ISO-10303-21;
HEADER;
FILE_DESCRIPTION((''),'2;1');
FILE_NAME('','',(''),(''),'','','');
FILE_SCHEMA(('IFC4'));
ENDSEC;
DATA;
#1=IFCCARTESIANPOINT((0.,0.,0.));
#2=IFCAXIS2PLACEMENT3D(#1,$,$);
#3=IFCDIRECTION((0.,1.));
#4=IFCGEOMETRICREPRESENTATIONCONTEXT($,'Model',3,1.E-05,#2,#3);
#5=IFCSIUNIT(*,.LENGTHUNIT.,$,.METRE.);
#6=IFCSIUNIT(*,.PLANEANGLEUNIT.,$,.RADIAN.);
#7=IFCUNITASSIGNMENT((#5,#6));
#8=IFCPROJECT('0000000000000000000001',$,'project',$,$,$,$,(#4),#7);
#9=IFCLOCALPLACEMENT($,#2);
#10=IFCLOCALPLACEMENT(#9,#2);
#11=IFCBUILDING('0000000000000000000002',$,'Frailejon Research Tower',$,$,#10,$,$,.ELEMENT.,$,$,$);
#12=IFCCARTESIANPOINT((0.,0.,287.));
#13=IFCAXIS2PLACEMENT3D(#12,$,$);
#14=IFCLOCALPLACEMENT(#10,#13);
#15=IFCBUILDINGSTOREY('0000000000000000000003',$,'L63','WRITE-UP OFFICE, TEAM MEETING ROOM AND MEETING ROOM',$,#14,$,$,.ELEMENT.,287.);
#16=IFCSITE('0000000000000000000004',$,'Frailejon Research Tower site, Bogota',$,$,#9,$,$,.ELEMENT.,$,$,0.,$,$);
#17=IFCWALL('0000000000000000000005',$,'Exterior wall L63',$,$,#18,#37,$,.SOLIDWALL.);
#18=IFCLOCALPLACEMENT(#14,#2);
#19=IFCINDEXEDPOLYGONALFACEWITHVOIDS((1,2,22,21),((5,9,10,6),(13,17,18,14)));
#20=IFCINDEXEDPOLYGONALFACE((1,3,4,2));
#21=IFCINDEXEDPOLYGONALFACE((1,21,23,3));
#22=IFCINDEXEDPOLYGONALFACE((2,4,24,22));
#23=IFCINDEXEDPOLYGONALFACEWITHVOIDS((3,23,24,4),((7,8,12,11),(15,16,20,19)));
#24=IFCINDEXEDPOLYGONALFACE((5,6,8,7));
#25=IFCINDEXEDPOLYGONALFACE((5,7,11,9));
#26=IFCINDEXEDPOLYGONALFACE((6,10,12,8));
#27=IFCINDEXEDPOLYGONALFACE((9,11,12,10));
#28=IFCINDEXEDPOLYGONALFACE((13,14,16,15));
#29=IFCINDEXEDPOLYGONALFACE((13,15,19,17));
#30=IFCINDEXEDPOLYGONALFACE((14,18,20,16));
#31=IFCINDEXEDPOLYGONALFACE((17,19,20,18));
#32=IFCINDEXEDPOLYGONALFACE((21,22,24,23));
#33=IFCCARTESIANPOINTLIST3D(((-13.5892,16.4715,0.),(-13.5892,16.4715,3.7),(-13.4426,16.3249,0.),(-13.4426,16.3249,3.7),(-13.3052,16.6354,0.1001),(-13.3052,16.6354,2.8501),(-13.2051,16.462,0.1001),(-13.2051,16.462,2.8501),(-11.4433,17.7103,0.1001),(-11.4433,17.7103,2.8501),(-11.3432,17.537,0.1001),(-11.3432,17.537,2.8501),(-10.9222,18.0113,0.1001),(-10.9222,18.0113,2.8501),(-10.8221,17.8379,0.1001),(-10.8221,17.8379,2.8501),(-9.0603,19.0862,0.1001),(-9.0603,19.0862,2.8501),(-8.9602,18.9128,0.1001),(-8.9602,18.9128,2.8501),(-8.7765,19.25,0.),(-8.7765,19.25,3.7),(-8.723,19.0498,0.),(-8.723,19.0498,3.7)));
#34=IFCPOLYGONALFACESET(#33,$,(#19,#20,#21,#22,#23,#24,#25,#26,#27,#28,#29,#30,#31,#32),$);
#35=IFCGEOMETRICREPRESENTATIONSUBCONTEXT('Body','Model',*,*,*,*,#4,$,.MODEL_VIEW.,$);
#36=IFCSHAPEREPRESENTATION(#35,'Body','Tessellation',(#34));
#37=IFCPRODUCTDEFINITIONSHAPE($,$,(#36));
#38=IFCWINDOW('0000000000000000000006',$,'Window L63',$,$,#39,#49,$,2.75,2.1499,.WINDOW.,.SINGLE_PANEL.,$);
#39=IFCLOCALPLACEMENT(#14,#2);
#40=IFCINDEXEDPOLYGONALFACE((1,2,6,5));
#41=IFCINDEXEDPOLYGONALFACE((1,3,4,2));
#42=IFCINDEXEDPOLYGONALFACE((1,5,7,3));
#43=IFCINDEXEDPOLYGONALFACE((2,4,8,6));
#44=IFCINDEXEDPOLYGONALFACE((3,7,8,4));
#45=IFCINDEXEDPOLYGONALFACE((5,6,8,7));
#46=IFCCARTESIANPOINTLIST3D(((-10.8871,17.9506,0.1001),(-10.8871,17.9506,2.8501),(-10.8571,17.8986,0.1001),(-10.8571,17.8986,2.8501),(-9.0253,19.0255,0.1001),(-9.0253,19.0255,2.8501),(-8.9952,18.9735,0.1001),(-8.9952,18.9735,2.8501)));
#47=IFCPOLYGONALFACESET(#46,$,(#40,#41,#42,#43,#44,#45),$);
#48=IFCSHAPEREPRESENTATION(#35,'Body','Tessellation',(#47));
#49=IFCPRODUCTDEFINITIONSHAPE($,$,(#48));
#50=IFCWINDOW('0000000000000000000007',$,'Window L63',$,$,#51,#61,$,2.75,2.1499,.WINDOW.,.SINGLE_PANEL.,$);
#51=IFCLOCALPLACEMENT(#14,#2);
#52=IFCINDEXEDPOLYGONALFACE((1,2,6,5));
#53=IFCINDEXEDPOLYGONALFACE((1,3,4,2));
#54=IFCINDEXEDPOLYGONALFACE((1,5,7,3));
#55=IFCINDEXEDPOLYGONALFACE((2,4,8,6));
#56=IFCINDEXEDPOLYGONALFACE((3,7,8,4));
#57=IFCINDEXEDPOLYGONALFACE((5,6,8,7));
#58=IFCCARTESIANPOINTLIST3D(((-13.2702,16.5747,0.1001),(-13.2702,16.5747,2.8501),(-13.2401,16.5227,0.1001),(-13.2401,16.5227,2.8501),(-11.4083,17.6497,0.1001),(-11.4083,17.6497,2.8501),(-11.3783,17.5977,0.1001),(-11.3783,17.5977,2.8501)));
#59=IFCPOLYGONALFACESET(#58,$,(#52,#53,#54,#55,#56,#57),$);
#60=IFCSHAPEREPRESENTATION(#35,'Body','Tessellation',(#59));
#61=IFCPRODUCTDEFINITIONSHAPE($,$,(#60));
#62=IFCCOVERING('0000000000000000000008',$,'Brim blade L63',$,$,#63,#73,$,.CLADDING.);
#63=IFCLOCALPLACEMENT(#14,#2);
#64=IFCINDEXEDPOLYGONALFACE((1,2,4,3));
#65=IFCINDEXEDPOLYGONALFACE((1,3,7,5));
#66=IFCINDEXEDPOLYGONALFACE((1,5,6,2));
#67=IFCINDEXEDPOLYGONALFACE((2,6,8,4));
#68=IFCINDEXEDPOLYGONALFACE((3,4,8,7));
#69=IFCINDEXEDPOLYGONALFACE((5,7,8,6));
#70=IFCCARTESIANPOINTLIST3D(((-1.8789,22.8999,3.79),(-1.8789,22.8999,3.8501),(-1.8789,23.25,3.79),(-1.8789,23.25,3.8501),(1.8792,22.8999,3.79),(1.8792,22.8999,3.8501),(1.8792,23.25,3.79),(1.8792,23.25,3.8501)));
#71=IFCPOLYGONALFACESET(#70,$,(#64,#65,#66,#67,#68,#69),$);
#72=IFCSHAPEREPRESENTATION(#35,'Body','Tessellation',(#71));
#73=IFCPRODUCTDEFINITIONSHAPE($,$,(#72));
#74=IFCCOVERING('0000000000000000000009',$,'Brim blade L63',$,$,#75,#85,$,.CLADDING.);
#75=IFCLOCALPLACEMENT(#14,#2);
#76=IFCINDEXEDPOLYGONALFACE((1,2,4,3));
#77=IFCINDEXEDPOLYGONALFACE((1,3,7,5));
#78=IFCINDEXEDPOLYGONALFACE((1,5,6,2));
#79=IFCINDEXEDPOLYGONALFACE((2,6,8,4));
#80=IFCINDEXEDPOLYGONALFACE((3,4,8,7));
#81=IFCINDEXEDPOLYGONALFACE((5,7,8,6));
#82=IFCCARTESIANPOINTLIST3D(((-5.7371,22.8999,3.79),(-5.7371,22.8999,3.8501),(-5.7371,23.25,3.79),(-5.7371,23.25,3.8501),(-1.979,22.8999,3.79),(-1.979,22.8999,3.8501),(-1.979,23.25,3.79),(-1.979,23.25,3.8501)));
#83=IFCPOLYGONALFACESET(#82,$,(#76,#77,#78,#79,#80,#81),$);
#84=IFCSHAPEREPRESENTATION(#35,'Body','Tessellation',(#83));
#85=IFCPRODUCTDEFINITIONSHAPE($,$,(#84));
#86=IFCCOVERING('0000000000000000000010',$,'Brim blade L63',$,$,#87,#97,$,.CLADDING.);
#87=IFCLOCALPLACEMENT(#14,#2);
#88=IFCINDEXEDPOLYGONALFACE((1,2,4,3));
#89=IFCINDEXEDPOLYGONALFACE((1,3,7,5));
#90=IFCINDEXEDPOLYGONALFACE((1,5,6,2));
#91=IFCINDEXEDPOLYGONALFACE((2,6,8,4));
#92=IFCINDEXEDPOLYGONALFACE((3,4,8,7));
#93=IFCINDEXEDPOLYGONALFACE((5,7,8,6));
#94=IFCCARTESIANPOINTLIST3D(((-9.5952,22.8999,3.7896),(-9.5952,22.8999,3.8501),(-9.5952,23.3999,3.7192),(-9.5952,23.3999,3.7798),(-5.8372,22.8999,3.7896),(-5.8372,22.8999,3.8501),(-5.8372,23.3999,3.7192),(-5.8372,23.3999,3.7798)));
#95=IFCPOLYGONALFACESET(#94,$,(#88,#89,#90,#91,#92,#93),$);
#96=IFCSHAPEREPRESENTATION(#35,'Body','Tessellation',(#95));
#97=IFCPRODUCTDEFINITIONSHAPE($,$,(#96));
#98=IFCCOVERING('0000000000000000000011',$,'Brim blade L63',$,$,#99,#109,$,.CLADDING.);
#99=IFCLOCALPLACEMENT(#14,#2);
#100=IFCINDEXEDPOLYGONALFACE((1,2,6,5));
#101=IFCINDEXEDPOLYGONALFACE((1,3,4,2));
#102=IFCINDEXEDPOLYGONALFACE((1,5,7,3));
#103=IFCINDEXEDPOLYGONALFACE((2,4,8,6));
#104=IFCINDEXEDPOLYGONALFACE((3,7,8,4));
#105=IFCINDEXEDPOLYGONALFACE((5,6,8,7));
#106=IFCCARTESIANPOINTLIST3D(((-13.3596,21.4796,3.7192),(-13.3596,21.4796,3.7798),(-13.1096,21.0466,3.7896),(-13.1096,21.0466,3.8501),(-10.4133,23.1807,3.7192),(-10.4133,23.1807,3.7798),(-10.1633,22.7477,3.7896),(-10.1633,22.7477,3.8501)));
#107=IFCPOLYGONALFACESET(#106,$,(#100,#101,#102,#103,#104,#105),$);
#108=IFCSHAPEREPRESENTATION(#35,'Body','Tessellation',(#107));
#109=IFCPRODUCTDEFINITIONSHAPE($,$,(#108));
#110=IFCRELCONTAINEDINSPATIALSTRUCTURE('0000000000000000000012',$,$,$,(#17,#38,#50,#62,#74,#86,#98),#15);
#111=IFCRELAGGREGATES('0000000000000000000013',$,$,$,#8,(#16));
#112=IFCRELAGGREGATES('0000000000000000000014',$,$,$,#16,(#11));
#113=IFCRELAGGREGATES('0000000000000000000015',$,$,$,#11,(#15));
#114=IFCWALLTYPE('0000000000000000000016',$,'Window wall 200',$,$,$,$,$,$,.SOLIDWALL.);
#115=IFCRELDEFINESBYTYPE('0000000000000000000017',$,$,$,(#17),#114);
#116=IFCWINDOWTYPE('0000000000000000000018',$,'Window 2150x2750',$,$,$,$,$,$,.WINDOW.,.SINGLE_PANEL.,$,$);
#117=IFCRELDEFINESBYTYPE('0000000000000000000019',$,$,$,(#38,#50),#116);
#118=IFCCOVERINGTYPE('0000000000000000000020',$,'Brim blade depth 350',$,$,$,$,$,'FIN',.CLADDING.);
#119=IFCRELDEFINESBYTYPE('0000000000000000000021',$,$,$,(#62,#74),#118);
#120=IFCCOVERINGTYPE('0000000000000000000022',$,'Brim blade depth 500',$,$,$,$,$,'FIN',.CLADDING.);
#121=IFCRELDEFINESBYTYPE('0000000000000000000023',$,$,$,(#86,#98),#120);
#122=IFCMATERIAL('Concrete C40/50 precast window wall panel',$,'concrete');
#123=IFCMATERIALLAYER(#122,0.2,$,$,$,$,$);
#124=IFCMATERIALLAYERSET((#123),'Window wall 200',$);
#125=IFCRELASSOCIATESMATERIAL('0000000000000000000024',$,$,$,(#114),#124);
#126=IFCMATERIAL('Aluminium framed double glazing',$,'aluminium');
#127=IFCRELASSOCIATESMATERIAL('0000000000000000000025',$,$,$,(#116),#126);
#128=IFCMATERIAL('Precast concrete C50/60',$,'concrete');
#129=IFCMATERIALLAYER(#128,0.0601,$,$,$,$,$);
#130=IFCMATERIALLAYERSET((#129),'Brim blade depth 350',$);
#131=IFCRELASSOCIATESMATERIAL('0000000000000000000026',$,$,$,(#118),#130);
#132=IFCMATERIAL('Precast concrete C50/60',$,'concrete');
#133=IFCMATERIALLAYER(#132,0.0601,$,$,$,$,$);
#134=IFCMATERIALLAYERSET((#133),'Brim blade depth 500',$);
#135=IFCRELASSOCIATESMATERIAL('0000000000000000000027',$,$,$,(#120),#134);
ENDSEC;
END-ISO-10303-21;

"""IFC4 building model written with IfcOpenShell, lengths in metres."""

from ifc_helpers import new_model, si_unit, direction, frame, frame_2d, origin, place, context, subcontext, project, spatial, polyline, rectangle, outline, extrude, material, layer, layer_set, type_object, element, fill, save


model = new_model("IFC4")

# Units and contexts
model_context = context("Model", 3, precision=1e-05, world=origin(), true_north=direction((0.0, 1.0)))
body_context = subcontext(model_context, "Body", "Model", "MODEL_VIEW")
ifc_project = project(units=[si_unit("LENGTHUNIT", "METRE"), si_unit("PLANEANGLEUNIT", "RADIAN")], contexts=[model_context])

# Site, building, storey
site_placement = place(None, origin())
site = spatial("IfcSite", under=ifc_project, at=site_placement, Name="Frailejon Research Tower site, Bogota", CompositionType="ELEMENT", RefElevation=0.0)
building_placement = place(site_placement, origin())
building = spatial("IfcBuilding", under=site, at=building_placement, Name="Frailejon Research Tower", CompositionType="ELEMENT")
storey_placement = place(building_placement, frame((0.0, 0.0, 287.0)))
storey = spatial("IfcBuildingStorey", under=building, at=storey_placement, Name="L63", Description="WRITE-UP OFFICE, TEAM MEETING ROOM AND MEETING ROOM", CompositionType="ELEMENT", Elevation=287.0)

# Wall, openings, windows
ifc_material_1 = material(Name="Concrete C40/50 precast window wall panel", Category="concrete")
ifc_layer_1 = layer(ifc_material_1, 0.2)
ifc_layer_set_1 = layer_set([ifc_layer_1], Name="Window wall 200")
wall_type = type_object("IfcWallType", Name="Window wall 200", PredefinedType="SOLIDWALL", material=ifc_layer_set_1)
wall_placement = place(storey_placement, frame((-8.7498, 19.1499, 0.0), z_axis=(0.0, 0.0, 1.0), x_axis=(-0.866026, -0.499999, 0.0)))
wall = element("IfcWall", 1, at=wall_placement, inside=storey, type_object=wall_type, Name="Exterior wall L63", PredefinedType="SOLIDWALL", context=body_context, shape_type="SweptSolid", body=[
    extrude(outline(polyline([(-0.0269, -0.1001), (1.0845, -0.1001), (2.196, -0.1001), (3.3074, -0.1001), (4.4189, -0.1001), (5.5303, -0.1001), (5.4766, 0.1001), (4.3867, 0.1001), (3.2966, 0.1001), (2.2068, 0.1001), (1.1167, 0.1001), (0.0269, 0.1001), (-0.0269, -0.1001)])), origin(), (0.0, 0.0, 1.0), 3.7),
])
opening_1_placement = place(wall_placement, frame((0.3008, 0.0, 0.1001)))
opening_1 = element("IfcOpeningElement", 2, at=opening_1_placement, cuts=wall, PredefinedType="OPENING", context=body_context, shape_type="SweptSolid", body=[
    extrude(rectangle(XDim=2.1499, YDim=2.75, at=frame_2d((1.075, 1.375))), frame((0.0, 0.1099, 0.0), z_axis=(0.0, -1.0, 0.0), x_axis=(1.0, 0.0, 0.0)), (0.0, 0.0, 1.0), 0.22),
])
opening_2_placement = place(wall_placement, frame((3.0525, 0.0, 0.1001)))
opening_2 = element("IfcOpeningElement", 3, at=opening_2_placement, cuts=wall, PredefinedType="OPENING", context=body_context, shape_type="SweptSolid", body=[
    extrude(rectangle(XDim=2.1499, YDim=2.75, at=frame_2d((1.075, 1.375))), frame((0.0, 0.1099, 0.0), z_axis=(0.0, -1.0, 0.0), x_axis=(1.0, 0.0, 0.0)), (0.0, 0.0, 1.0), 0.22),
])
ifc_material_2 = material(Name="Aluminium framed double glazing", Category="aluminium")
window_type = type_object("IfcWindowType", Name="Window 2150x2750", PartitioningType="SINGLE_PANEL", PredefinedType="WINDOW", material=ifc_material_2)
window_1_placement = place(opening_1_placement, origin())
window_1 = element("IfcWindow", 4, at=window_1_placement, inside=storey, type_object=window_type, Name="Window L63", OverallHeight=2.75, OverallWidth=2.1499, PartitioningType="SINGLE_PANEL", PredefinedType="WINDOW", context=body_context, shape_type="SweptSolid", body=[
    extrude(rectangle(XDim=2.1499, YDim=2.75, at=frame_2d((1.075, 1.375))), frame((0.0, 0.03, 0.0), z_axis=(0.0, -1.0, 0.0), x_axis=(1.0, 0.0, 0.0)), (0.0, 0.0, 1.0), 0.0601),
])
fill(opening_1, window_1)
window_2_placement = place(opening_2_placement, origin())
window_2 = element("IfcWindow", 5, at=window_2_placement, inside=storey, type_object=window_type, Name="Window L63", OverallHeight=2.75, OverallWidth=2.1499, PartitioningType="SINGLE_PANEL", PredefinedType="WINDOW", context=body_context, shape_type="SweptSolid", body=[
    extrude(rectangle(XDim=2.1499, YDim=2.75, at=frame_2d((1.075, 1.375))), frame((0.0, 0.03, 0.0), z_axis=(0.0, -1.0, 0.0), x_axis=(1.0, 0.0, 0.0)), (0.0, 0.0, 1.0), 0.0601),
])
fill(opening_2, window_2)

# Coverings
ifc_material_3 = material(Name="Precast concrete C50/60", Category="concrete")
ifc_layer_2 = layer(ifc_material_3, 0.0601)
ifc_layer_set_2 = layer_set([ifc_layer_2], Name="Brim blade depth 350")
covering_type_1 = type_object("IfcCoveringType", Name="Brim blade depth 350", ElementType="FIN", PredefinedType="CLADDING", material=ifc_layer_set_2)
for number, where, z_axis, x_axis, name in (
    (6, (-1.8789, 22.8999, 3.8501), (1.0, 0.0, 0.0), (0.0, 1.0, 0.0), "Brim blade L63"),
    (7, (-5.7371, 22.8999, 3.8501), (1.0, 0.0, 0.0), (0.0, 1.0, 0.0), "Brim blade L63"),
):
    element("IfcCovering", number, at=place(storey_placement, frame(where, z_axis=z_axis, x_axis=x_axis)), inside=storey, type_object=covering_type_1, Name=name, PredefinedType="CLADDING", context=body_context, shape_type="SweptSolid", body=[
        extrude(outline(polyline([(0.0, -0.0601), (0.3501, -0.0601), (0.3501, 0.0), (0.0, 0.0), (0.0, -0.0601)])), origin(), (0.0, 0.0, 1.0), 3.7581),
    ])
ifc_material_4 = material(Name="Precast concrete C50/60", Category="concrete")
ifc_layer_3 = layer(ifc_material_4, 0.0601)
ifc_layer_set_3 = layer_set([ifc_layer_3], Name="Brim blade depth 500")
covering_type_2 = type_object("IfcCoveringType", Name="Brim blade depth 500", ElementType="FIN", PredefinedType="CLADDING", material=ifc_layer_set_3)
covering_1_placement = place(storey_placement, frame((-9.5952, 22.8999, 3.8501), z_axis=(1.0, 0.0, 0.0), x_axis=(0.0, 1.0, 0.0)))
element("IfcCovering", 8, at=covering_1_placement, inside=storey, type_object=covering_type_2, Name="Brim blade L63", PredefinedType="CLADDING", context=body_context, shape_type="SweptSolid", body=[
    extrude(outline(polyline([(0.0, -0.0605), (0.5, -0.1309), (0.5, -0.0703), (0.0, 0.0), (0.0, -0.0605)])), origin(), (0.0, 0.0, 1.0), 3.7581),
])
covering_2_placement = place(storey_placement, frame((-13.1096, 21.0466, 3.8501), z_axis=(0.866024, 0.500003, 0.0), x_axis=(-0.500003, 0.866024, 0.0)))
element("IfcCovering", 9, at=covering_2_placement, inside=storey, type_object=covering_type_2, Name="Brim blade L63", PredefinedType="CLADDING", context=body_context, shape_type="SweptSolid", body=[
    extrude(outline(polyline([(0.0, -0.0605), (0.5, -0.1309), (0.5, -0.0703), (0.0, 0.0), (0.0, -0.0605)])), origin(), (0.0, 0.0, 1.0), 3.4021),
])

save(model, "model.ifc")
